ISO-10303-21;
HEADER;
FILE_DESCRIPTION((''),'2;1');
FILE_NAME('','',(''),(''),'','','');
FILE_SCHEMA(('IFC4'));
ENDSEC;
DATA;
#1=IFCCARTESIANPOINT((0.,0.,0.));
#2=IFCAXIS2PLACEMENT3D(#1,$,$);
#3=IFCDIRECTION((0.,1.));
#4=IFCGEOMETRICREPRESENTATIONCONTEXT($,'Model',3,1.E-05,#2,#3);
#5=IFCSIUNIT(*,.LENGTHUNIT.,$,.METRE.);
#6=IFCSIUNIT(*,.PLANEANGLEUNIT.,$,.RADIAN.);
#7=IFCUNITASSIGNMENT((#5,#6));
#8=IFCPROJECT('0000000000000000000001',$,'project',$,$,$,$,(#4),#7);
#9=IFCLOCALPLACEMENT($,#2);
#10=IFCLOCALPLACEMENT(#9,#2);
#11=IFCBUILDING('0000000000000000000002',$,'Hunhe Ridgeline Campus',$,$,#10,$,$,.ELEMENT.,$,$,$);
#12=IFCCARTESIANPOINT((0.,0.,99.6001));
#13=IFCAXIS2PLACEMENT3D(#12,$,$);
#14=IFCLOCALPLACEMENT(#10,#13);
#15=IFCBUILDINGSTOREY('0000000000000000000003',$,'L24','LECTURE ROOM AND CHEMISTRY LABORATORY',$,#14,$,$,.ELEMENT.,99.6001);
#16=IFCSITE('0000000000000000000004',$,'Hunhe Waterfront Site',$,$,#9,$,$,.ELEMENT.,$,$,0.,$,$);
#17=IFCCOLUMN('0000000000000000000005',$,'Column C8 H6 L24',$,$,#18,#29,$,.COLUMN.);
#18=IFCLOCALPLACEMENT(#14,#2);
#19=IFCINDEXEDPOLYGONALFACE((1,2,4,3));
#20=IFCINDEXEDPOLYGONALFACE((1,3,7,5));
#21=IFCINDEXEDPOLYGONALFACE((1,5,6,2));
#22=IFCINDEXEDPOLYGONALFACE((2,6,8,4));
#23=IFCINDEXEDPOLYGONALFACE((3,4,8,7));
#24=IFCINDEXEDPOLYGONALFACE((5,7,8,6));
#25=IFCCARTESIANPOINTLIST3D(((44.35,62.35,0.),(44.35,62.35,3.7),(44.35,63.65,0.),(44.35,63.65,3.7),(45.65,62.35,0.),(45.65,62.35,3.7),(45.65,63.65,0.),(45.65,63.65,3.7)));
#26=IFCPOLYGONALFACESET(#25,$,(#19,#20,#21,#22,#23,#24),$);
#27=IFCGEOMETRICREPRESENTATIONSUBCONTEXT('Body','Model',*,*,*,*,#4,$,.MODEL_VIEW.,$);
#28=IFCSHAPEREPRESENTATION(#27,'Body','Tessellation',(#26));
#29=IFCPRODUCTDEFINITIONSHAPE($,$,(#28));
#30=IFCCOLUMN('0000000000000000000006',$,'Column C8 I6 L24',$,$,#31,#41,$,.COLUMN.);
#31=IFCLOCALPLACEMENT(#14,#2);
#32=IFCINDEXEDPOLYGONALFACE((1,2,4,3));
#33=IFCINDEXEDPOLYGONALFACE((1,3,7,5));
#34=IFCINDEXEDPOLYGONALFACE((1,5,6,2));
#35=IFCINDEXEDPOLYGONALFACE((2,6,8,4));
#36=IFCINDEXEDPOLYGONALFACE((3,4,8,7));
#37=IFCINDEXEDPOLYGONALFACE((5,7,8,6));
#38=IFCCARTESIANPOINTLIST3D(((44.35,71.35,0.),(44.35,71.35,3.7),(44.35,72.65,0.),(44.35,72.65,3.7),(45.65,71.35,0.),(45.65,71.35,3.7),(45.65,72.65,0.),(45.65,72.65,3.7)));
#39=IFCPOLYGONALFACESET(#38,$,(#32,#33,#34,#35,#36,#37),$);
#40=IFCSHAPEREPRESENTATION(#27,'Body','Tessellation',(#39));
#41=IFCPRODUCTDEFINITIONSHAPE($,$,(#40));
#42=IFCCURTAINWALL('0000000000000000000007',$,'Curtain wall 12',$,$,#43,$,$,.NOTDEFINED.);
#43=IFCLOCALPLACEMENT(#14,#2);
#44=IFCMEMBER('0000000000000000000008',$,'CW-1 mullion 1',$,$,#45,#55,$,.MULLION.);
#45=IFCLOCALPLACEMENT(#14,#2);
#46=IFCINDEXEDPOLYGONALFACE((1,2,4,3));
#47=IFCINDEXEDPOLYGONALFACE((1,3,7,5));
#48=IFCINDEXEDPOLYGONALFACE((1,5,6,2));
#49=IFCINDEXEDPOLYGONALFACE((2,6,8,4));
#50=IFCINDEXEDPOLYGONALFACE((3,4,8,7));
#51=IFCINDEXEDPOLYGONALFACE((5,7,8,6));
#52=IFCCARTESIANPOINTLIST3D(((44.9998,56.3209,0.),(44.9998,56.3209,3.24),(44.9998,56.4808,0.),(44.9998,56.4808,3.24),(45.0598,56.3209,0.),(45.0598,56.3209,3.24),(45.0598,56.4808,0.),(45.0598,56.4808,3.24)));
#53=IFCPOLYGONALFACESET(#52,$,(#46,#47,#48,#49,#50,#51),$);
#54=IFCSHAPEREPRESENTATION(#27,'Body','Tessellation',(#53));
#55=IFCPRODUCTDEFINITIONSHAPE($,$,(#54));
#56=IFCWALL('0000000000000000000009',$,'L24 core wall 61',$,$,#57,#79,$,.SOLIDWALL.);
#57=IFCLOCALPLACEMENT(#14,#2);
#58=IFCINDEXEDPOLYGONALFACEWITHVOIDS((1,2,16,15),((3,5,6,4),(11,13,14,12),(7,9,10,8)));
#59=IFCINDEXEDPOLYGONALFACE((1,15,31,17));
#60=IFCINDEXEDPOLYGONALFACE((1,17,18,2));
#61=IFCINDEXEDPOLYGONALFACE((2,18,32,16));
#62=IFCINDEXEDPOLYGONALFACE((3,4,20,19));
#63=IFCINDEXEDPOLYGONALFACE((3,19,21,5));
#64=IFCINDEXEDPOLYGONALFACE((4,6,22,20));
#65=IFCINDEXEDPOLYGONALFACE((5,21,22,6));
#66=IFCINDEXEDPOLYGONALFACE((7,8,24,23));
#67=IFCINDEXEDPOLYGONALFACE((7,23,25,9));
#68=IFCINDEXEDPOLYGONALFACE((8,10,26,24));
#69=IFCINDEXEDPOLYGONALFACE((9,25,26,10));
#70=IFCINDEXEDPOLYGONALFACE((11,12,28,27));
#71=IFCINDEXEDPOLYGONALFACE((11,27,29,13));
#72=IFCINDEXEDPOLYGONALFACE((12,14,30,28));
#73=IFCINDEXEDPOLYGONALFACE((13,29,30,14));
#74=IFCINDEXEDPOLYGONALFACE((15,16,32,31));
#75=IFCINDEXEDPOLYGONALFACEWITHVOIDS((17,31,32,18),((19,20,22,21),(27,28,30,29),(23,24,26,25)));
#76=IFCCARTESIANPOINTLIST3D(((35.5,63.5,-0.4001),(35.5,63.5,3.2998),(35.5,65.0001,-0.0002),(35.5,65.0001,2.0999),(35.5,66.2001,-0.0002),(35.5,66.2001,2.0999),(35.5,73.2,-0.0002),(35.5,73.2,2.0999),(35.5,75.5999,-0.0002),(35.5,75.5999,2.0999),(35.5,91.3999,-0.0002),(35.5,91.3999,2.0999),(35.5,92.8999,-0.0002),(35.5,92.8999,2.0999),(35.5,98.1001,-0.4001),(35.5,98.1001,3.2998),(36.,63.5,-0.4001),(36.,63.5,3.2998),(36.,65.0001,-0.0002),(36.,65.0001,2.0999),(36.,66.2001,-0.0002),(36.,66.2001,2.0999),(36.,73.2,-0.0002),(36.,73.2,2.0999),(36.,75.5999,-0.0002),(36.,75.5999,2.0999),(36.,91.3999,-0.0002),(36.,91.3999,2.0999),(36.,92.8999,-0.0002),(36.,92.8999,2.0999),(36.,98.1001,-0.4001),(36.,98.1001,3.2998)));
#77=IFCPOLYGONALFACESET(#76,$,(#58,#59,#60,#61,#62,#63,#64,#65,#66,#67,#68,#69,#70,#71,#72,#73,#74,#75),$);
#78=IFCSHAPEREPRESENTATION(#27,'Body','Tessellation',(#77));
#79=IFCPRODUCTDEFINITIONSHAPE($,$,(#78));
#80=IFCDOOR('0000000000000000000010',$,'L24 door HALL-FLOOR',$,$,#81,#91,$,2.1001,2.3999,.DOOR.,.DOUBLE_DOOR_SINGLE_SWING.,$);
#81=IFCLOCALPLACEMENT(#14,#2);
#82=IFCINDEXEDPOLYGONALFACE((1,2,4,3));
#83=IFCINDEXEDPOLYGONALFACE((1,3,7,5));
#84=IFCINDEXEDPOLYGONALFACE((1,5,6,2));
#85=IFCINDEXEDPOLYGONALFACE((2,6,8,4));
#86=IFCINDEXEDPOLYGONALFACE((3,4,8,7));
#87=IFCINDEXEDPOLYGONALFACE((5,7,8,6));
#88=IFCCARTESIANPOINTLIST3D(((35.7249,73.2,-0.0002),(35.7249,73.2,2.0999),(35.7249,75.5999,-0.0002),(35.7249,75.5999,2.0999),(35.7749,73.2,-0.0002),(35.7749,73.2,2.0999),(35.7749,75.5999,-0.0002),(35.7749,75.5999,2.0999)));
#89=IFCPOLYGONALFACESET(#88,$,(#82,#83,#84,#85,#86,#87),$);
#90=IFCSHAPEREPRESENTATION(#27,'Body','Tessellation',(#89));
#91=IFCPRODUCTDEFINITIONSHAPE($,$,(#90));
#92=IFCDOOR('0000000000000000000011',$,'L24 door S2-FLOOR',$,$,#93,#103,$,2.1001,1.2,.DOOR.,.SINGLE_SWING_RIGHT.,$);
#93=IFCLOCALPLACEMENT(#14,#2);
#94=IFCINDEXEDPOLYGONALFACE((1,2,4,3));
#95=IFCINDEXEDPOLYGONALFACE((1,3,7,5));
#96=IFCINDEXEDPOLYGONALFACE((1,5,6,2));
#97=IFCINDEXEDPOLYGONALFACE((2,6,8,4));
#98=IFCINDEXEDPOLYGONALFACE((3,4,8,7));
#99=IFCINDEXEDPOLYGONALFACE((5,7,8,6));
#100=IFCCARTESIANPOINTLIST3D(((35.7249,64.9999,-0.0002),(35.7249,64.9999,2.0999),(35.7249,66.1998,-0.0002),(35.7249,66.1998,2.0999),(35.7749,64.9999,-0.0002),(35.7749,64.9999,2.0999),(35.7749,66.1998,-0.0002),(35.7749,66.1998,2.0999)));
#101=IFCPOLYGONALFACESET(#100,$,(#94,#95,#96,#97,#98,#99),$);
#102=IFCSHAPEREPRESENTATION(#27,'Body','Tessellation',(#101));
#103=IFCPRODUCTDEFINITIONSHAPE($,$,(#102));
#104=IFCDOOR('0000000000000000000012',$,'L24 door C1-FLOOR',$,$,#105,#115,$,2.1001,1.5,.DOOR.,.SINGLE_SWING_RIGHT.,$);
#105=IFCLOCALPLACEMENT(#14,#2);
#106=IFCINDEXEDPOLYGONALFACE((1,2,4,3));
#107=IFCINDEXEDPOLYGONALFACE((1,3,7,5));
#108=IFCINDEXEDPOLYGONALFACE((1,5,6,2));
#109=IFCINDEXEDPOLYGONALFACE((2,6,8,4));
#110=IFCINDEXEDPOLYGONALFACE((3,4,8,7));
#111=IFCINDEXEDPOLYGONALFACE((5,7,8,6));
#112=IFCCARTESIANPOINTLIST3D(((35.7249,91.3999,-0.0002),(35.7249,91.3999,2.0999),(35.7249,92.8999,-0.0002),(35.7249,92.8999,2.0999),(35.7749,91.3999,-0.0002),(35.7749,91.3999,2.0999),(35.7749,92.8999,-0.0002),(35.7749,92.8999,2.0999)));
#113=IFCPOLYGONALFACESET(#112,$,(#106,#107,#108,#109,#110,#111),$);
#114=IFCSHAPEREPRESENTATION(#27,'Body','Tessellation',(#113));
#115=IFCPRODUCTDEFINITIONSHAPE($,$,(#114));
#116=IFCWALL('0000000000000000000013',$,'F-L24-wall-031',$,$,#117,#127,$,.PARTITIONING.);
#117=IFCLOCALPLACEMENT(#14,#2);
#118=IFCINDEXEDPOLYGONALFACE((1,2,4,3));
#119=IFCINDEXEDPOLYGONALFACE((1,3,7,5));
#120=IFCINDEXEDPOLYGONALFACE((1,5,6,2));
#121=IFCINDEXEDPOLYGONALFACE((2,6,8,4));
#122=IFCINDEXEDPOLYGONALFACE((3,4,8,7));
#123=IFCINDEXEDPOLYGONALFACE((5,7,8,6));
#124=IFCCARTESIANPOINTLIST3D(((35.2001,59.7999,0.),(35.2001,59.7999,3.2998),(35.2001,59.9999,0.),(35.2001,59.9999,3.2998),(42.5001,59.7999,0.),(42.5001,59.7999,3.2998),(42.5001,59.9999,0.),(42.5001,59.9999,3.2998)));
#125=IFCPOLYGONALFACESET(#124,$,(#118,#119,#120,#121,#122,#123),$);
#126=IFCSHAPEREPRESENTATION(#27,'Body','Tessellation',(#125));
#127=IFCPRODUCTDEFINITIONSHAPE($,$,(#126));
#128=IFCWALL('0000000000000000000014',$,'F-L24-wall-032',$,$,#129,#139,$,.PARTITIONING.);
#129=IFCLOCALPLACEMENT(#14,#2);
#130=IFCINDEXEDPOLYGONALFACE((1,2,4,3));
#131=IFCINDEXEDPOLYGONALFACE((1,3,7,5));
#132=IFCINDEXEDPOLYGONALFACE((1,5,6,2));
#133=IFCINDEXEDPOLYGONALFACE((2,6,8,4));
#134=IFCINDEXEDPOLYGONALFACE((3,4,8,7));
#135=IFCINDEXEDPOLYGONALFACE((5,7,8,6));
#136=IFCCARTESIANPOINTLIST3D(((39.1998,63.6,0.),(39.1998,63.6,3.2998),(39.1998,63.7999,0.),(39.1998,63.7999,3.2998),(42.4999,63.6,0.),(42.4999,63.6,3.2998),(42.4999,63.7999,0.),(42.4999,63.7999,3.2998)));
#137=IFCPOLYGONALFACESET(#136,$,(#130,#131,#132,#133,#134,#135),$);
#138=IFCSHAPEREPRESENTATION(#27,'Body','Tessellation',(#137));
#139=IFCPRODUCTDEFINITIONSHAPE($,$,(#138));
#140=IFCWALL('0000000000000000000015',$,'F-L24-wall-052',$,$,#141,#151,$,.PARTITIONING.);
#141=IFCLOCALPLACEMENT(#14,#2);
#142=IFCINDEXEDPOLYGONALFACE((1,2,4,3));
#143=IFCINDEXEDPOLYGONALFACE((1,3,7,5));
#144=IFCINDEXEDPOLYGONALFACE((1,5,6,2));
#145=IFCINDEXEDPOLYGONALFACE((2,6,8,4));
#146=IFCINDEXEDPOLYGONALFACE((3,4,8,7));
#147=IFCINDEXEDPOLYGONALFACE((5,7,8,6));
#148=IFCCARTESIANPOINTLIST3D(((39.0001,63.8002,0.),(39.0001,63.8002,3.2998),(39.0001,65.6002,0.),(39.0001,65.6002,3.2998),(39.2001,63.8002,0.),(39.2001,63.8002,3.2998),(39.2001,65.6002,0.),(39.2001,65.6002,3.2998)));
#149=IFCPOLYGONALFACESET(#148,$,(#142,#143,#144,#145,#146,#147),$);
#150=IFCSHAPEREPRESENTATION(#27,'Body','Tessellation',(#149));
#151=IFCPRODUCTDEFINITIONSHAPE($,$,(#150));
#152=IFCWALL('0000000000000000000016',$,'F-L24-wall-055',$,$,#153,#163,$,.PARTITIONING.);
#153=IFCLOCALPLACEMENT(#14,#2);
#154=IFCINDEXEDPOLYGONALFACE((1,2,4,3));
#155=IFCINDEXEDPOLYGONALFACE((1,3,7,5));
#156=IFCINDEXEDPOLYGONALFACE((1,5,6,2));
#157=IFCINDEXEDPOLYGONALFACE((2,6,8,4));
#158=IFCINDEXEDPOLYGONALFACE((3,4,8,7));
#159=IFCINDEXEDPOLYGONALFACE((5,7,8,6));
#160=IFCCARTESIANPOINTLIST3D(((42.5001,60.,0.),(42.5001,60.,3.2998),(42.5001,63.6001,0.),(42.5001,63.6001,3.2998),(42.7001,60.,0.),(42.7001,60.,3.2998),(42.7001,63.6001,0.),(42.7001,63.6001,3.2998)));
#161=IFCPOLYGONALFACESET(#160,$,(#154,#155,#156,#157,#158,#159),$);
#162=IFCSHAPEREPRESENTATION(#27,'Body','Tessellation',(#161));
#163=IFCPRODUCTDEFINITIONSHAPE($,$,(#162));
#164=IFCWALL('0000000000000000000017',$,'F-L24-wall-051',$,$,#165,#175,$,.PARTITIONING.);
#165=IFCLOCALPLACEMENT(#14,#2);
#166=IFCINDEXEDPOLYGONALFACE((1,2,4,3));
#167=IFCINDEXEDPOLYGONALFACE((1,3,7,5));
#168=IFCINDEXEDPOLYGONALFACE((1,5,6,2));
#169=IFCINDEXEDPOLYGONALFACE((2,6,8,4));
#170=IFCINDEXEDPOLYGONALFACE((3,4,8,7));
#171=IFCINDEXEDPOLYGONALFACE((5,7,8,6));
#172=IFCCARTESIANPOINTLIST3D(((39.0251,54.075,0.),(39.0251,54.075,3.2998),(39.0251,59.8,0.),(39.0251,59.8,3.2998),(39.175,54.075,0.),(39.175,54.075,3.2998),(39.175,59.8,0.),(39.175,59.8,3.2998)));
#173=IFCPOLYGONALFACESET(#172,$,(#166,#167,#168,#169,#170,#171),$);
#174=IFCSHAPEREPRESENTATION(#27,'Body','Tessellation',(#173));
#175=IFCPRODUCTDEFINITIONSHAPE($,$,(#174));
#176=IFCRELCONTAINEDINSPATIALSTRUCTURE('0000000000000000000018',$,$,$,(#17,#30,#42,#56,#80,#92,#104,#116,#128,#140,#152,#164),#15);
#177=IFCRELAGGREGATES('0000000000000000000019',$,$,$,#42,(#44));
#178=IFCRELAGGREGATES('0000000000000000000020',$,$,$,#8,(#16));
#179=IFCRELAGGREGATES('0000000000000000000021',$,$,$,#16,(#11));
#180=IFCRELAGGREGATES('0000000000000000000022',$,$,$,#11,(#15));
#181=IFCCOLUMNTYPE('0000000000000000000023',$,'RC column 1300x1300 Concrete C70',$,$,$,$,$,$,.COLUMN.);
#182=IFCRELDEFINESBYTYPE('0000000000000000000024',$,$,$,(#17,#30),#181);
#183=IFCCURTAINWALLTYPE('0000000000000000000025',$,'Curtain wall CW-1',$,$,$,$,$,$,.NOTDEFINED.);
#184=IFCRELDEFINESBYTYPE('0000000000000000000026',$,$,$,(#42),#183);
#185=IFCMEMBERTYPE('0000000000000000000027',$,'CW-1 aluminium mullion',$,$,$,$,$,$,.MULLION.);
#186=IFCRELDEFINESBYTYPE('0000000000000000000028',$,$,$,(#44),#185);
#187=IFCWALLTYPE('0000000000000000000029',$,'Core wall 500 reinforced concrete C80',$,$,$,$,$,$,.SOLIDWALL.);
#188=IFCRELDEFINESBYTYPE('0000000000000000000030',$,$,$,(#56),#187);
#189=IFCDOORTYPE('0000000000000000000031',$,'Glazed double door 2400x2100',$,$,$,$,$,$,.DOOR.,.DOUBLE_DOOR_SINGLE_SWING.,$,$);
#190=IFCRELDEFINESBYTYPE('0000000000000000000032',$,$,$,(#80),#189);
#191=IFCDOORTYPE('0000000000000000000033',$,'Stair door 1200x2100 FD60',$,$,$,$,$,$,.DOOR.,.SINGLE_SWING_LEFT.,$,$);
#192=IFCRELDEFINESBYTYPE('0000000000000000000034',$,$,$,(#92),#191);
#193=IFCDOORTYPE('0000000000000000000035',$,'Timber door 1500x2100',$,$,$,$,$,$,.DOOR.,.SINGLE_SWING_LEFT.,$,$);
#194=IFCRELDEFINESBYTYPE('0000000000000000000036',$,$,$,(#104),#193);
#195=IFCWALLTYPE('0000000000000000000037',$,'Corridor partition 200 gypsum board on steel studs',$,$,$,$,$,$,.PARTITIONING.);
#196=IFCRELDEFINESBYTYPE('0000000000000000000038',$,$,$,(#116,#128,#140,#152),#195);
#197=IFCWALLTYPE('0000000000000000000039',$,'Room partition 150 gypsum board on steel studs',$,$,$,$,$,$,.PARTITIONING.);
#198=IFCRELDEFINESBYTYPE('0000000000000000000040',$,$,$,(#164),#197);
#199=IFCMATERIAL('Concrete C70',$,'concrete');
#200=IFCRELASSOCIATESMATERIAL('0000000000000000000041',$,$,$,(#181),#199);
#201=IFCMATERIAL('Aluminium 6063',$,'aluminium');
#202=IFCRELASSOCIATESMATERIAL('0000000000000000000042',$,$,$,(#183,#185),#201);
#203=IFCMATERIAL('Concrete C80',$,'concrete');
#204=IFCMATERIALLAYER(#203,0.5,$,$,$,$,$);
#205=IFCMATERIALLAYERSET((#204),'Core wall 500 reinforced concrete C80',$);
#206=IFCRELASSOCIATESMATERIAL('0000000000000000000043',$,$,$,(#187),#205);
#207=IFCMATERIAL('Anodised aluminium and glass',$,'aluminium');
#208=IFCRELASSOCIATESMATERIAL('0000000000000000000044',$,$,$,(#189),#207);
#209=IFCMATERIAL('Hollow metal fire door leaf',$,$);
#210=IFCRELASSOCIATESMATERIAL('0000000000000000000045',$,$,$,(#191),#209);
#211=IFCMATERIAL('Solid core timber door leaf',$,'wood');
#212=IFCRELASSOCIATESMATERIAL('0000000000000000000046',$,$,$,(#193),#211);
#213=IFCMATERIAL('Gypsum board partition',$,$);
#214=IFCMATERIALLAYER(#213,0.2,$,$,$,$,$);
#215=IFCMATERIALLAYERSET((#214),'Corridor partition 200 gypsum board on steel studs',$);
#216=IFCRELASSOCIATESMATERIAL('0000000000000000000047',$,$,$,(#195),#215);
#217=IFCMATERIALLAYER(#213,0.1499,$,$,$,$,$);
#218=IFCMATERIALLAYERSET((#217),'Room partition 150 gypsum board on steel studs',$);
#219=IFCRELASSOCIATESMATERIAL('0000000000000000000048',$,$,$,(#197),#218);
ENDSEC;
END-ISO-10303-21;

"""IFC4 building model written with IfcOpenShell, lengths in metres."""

from ifc_helpers import new_model, si_unit, direction, frame, frame_2d, origin, origin_2d, place, context, subcontext, project, spatial, rectangle, extrude, material, layer, layer_set, material_profile, profile_set, type_object, element, fill, aggregate, save


model = new_model("IFC4")

# Units and contexts
model_context = context("Model", 3, precision=1e-05, world=origin(), true_north=direction((0.0, 1.0)))
body_context = subcontext(model_context, "Body", "Model", "MODEL_VIEW")
ifc_project = project(units=[si_unit("LENGTHUNIT", "METRE"), si_unit("PLANEANGLEUNIT", "RADIAN")], contexts=[model_context])

# Site, building, storey
site_placement = place(None, origin())
site = spatial("IfcSite", under=ifc_project, at=site_placement, Name="Hunhe Waterfront Site", CompositionType="ELEMENT", RefElevation=0.0)
building_placement = place(site_placement, origin())
building = spatial("IfcBuilding", under=site, at=building_placement, Name="Hunhe Ridgeline Campus", CompositionType="ELEMENT")
storey_placement = place(building_placement, frame((0.0, 0.0, 99.6001)))
storey = spatial("IfcBuildingStorey", under=building, at=storey_placement, Name="L24", Description="LECTURE ROOM AND CHEMISTRY LABORATORY", CompositionType="ELEMENT", Elevation=99.6001)

# Columns
ifc_material_1 = material(Name="Concrete C70", Category="concrete")
ifc_material_profile_1 = material_profile(ifc_material_1, rectangle(XDim=1.3, YDim=1.3, at=origin_2d()))
ifc_profile_set_1 = profile_set([ifc_material_profile_1], Name="Concrete C70")
column_type = type_object("IfcColumnType", Name="RC column 1300x1300 Concrete C70", PredefinedType="COLUMN", material=ifc_profile_set_1)
for number, where, z_axis, x_axis, name in (
    (1, (45.0, 63.0, 0.0), (0.0, 0.0, 1.0), (1.0, 0.0, 0.0), "Column C8 H6 L24"),
    (2, (45.0, 72.0, 0.0), (0.0, 0.0, 1.0), (1.0, 0.0, 0.0), "Column C8 I6 L24"),
):
    element("IfcColumn", number, at=place(storey_placement, frame(where, z_axis=z_axis, x_axis=x_axis)), inside=storey, type_object=column_type, Name=name, PredefinedType="COLUMN", context=body_context, shape_type="SweptSolid", body=[
        extrude(rectangle(XDim=1.3, YDim=1.3, at=origin_2d()), origin(), (0.0, 0.0, 1.0), 3.7),
    ])

# Curtain wall, member
ifc_material_2 = material(Name="Aluminium 6063", Category="aluminium")
curtain_wall_type = type_object("IfcCurtainWallType", Name="Curtain wall CW-1", PredefinedType="NOTDEFINED", material=ifc_material_2)
curtain_wall_placement = place(storey_placement, origin())
curtain_wall = element("IfcCurtainWall", 3, at=curtain_wall_placement, inside=storey, type_object=curtain_wall_type, Name="Curtain wall 12", PredefinedType="NOTDEFINED")
ifc_material_profile_2 = material_profile(ifc_material_2, rectangle(XDim=0.1599, YDim=0.0601, at=origin_2d()))
ifc_profile_set_2 = profile_set([ifc_material_profile_2], Name="Aluminium 6063")
member_type = type_object("IfcMemberType", Name="CW-1 aluminium mullion", PredefinedType="MULLION", material=ifc_profile_set_2)
member_placement = place(storey_placement, frame((45.0298, 56.4009, 0.0), z_axis=(0.0, 0.0, 1.0), x_axis=(0.0, 1.0, 0.0)))
member = element("IfcMember", 4, at=member_placement, type_object=member_type, Name="CW-1 mullion 1", PredefinedType="MULLION", context=body_context, shape_type="SweptSolid", body=[
    extrude(rectangle(XDim=0.1599, YDim=0.0601, at=origin_2d()), origin(), (0.0, 0.0, 1.0), 3.24),
])
aggregate(curtain_wall, [member])

# Wall, openings, doors
ifc_material_3 = material(Name="Concrete C80", Category="concrete")
ifc_layer_1 = layer(ifc_material_3, 0.5)
ifc_layer_set_1 = layer_set([ifc_layer_1], Name="Core wall 500 reinforced concrete C80")
wall_type_1 = type_object("IfcWallType", Name="Core wall 500 reinforced concrete C80", PredefinedType="SOLIDWALL", material=ifc_layer_set_1)
wall_1_placement = place(storey_placement, frame((35.75, 63.5, -0.4001), z_axis=(0.0, 0.0, 1.0), x_axis=(0.0, 1.0, 0.0)))
wall_1 = element("IfcWall", 5, at=wall_1_placement, inside=storey, type_object=wall_type_1, Name="L24 core wall 61", PredefinedType="SOLIDWALL", context=body_context, shape_type="SweptSolid", body=[
    extrude(rectangle(XDim=34.6001, YDim=0.5, at=frame_2d((17.3, 0.0))), origin(), (0.0, 0.0, 1.0), 3.7),
])
opening_1_placement = place(wall_1_placement, frame((9.7, 0.0, 0.3999)))
opening_1 = element("IfcOpeningElement", 6, at=opening_1_placement, cuts=wall_1, PredefinedType="OPENING", context=body_context, shape_type="SweptSolid", body=[
    extrude(rectangle(XDim=2.3999, YDim=2.1001, at=frame_2d((1.2, 1.05))), frame((0.0, 0.25, 0.0), z_axis=(0.0, -1.0, 0.0), x_axis=(1.0, 0.0, 0.0)), (0.0, 0.0, 1.0), 0.5),
])
opening_2_placement = place(wall_1_placement, frame((27.8999, 0.0, 0.3999)))
opening_2 = element("IfcOpeningElement", 7, at=opening_2_placement, cuts=wall_1, PredefinedType="OPENING", context=body_context, shape_type="SweptSolid", body=[
    extrude(rectangle(XDim=1.5, YDim=2.1001, at=frame_2d((0.75, 1.05))), frame((0.0, 0.25, 0.0), z_axis=(0.0, -1.0, 0.0), x_axis=(1.0, 0.0, 0.0)), (0.0, 0.0, 1.0), 0.5),
])
opening_3_placement = place(wall_1_placement, frame((1.5, 0.0, 0.3999)))
opening_3 = element("IfcOpeningElement", 8, at=opening_3_placement, cuts=wall_1, PredefinedType="OPENING", context=body_context, shape_type="SweptSolid", body=[
    extrude(rectangle(XDim=1.2, YDim=2.1001, at=frame_2d((0.6001, 1.05))), frame((0.0, 0.25, 0.0), z_axis=(0.0, -1.0, 0.0), x_axis=(1.0, 0.0, 0.0)), (0.0, 0.0, 1.0), 0.5),
])
ifc_material_4 = material(Name="Anodised aluminium and glass", Category="aluminium")
door_type_1 = type_object("IfcDoorType", Name="Glazed double door 2400x2100", OperationType="DOUBLE_DOOR_SINGLE_SWING", PredefinedType="DOOR", material=ifc_material_4)
door_1_placement = place(opening_1_placement, frame((2.3999, 0.0, 0.0), z_axis=(0.0, 0.0, 1.0), x_axis=(-1.0, 0.0, 0.0)))
door_1 = element("IfcDoor", 9, at=door_1_placement, inside=storey, type_object=door_type_1, Name="L24 door HALL-FLOOR", OperationType="DOUBLE_DOOR_SINGLE_SWING", OverallHeight=2.1001, OverallWidth=2.3999, PredefinedType="DOOR", context=body_context, shape_type="SweptSolid", body=[
    extrude(rectangle(XDim=2.3999, YDim=2.1001, at=frame_2d((1.2, 1.05))), frame((0.0, 0.0249, 0.0), z_axis=(0.0, -1.0, 0.0), x_axis=(1.0, 0.0, 0.0)), (0.0, 0.0, 1.0), 0.05),
])
fill(opening_1, door_1)
ifc_material_5 = material(Name="Hollow metal fire door leaf")
door_type_2 = type_object("IfcDoorType", Name="Stair door 1200x2100 FD60", OperationType="SINGLE_SWING_LEFT", PredefinedType="DOOR", material=ifc_material_5)
door_2_placement = place(opening_3_placement, frame((1.2, 0.0, 0.0), z_axis=(0.0, 0.0, 1.0), x_axis=(-1.0, 0.0, 0.0)))
door_2 = element("IfcDoor", 10, at=door_2_placement, inside=storey, type_object=door_type_2, Name="L24 door S2-FLOOR", OperationType="SINGLE_SWING_RIGHT", OverallHeight=2.1001, OverallWidth=1.2, PredefinedType="DOOR", context=body_context, shape_type="SweptSolid", body=[
    extrude(rectangle(XDim=1.2, YDim=2.1001, at=frame_2d((0.6001, 1.05))), frame((0.0, 0.0249, 0.0), z_axis=(0.0, -1.0, 0.0), x_axis=(1.0, 0.0, 0.0)), (0.0, 0.0, 1.0), 0.05),
])
fill(opening_3, door_2)
ifc_material_6 = material(Name="Solid core timber door leaf", Category="wood")
door_type_3 = type_object("IfcDoorType", Name="Timber door 1500x2100", OperationType="SINGLE_SWING_LEFT", PredefinedType="DOOR", material=ifc_material_6)
door_3_placement = place(opening_2_placement, frame((1.5, 0.0, 0.0), z_axis=(0.0, 0.0, 1.0), x_axis=(-1.0, 0.0, 0.0)))
door_3 = element("IfcDoor", 11, at=door_3_placement, inside=storey, type_object=door_type_3, Name="L24 door C1-FLOOR", OperationType="SINGLE_SWING_RIGHT", OverallHeight=2.1001, OverallWidth=1.5, PredefinedType="DOOR", context=body_context, shape_type="SweptSolid", body=[
    extrude(rectangle(XDim=1.5, YDim=2.1001, at=frame_2d((0.75, 1.05))), frame((0.0, 0.0249, 0.0), z_axis=(0.0, -1.0, 0.0), x_axis=(1.0, 0.0, 0.0)), (0.0, 0.0, 1.0), 0.05),
])
fill(opening_2, door_3)

# Walls
ifc_material_7 = material(Name="Gypsum board partition")
ifc_layer_2 = layer(ifc_material_7, 0.2)
ifc_layer_set_2 = layer_set([ifc_layer_2], Name="Corridor partition 200 gypsum board on steel studs")
wall_type_2 = type_object("IfcWallType", Name="Corridor partition 200 gypsum board on steel studs", PredefinedType="PARTITIONING", material=ifc_layer_set_2)
wall_2_placement = place(storey_placement, frame((42.5, 59.8999, 0.0), z_axis=(0.0, 0.0, 1.0), x_axis=(-1.0, 0.0, 0.0)))
element("IfcWall", 12, at=wall_2_placement, inside=storey, type_object=wall_type_2, Name="F-L24-wall-031", PredefinedType="PARTITIONING", context=body_context, shape_type="SweptSolid", body=[
    extrude(rectangle(XDim=7.3, YDim=0.2, at=frame_2d((3.6499, 0.0))), origin(), (0.0, 0.0, 1.0), 3.2998),
])
wall_3_placement = place(storey_placement, frame((39.2, 63.7, 0.0), z_axis=(0.0, 0.0, 1.0), x_axis=(1.0, 0.0, 0.0)))
element("IfcWall", 13, at=wall_3_placement, inside=storey, type_object=wall_type_2, Name="F-L24-wall-032", PredefinedType="PARTITIONING", context=body_context, shape_type="SweptSolid", body=[
    extrude(rectangle(XDim=3.3, YDim=0.2, at=frame_2d((1.6499, 0.0))), origin(), (0.0, 0.0, 1.0), 3.2998),
])

# Wall
wall_4_placement = place(storey_placement, frame((39.1001, 65.6001, 0.0), z_axis=(0.0, 0.0, 1.0), x_axis=(0.0, -1.0, 0.0)))
element("IfcWall", 14, at=wall_4_placement, inside=storey, type_object=wall_type_2, Name="F-L24-wall-052", PredefinedType="PARTITIONING", context=body_context, shape_type="SweptSolid", body=[
    extrude(rectangle(XDim=1.8, YDim=0.2, at=frame_2d((0.8999, 0.0))), origin(), (0.0, 0.0, 1.0), 3.2998),
])

# Walls
wall_5_placement = place(storey_placement, frame((42.6001, 63.6001, 0.0), z_axis=(0.0, 0.0, 1.0), x_axis=(0.0, -1.0, 0.0)))
element("IfcWall", 15, at=wall_5_placement, inside=storey, type_object=wall_type_2, Name="F-L24-wall-055", PredefinedType="PARTITIONING", context=body_context, shape_type="SweptSolid", body=[
    extrude(rectangle(XDim=3.6001, YDim=0.2, at=frame_2d((1.8, 0.0))), origin(), (0.0, 0.0, 1.0), 3.2998),
])
ifc_layer_3 = layer(ifc_material_7, 0.1499)
ifc_layer_set_3 = layer_set([ifc_layer_3], Name="Room partition 150 gypsum board on steel studs")
wall_type_3 = type_object("IfcWallType", Name="Room partition 150 gypsum board on steel studs", PredefinedType="PARTITIONING", material=ifc_layer_set_3)
wall_6_placement = place(storey_placement, frame((39.1001, 59.8, 0.0), z_axis=(0.0, 0.0, 1.0), x_axis=(0.0, -1.0, 0.0)))
element("IfcWall", 16, at=wall_6_placement, inside=storey, type_object=wall_type_3, Name="F-L24-wall-051", PredefinedType="PARTITIONING", context=body_context, shape_type="SweptSolid", body=[
    extrude(rectangle(XDim=5.7251, YDim=0.1499, at=frame_2d((2.8625, 0.0))), origin(), (0.0, 0.0, 1.0), 3.2998),
])

save(model, "model.ifc")
